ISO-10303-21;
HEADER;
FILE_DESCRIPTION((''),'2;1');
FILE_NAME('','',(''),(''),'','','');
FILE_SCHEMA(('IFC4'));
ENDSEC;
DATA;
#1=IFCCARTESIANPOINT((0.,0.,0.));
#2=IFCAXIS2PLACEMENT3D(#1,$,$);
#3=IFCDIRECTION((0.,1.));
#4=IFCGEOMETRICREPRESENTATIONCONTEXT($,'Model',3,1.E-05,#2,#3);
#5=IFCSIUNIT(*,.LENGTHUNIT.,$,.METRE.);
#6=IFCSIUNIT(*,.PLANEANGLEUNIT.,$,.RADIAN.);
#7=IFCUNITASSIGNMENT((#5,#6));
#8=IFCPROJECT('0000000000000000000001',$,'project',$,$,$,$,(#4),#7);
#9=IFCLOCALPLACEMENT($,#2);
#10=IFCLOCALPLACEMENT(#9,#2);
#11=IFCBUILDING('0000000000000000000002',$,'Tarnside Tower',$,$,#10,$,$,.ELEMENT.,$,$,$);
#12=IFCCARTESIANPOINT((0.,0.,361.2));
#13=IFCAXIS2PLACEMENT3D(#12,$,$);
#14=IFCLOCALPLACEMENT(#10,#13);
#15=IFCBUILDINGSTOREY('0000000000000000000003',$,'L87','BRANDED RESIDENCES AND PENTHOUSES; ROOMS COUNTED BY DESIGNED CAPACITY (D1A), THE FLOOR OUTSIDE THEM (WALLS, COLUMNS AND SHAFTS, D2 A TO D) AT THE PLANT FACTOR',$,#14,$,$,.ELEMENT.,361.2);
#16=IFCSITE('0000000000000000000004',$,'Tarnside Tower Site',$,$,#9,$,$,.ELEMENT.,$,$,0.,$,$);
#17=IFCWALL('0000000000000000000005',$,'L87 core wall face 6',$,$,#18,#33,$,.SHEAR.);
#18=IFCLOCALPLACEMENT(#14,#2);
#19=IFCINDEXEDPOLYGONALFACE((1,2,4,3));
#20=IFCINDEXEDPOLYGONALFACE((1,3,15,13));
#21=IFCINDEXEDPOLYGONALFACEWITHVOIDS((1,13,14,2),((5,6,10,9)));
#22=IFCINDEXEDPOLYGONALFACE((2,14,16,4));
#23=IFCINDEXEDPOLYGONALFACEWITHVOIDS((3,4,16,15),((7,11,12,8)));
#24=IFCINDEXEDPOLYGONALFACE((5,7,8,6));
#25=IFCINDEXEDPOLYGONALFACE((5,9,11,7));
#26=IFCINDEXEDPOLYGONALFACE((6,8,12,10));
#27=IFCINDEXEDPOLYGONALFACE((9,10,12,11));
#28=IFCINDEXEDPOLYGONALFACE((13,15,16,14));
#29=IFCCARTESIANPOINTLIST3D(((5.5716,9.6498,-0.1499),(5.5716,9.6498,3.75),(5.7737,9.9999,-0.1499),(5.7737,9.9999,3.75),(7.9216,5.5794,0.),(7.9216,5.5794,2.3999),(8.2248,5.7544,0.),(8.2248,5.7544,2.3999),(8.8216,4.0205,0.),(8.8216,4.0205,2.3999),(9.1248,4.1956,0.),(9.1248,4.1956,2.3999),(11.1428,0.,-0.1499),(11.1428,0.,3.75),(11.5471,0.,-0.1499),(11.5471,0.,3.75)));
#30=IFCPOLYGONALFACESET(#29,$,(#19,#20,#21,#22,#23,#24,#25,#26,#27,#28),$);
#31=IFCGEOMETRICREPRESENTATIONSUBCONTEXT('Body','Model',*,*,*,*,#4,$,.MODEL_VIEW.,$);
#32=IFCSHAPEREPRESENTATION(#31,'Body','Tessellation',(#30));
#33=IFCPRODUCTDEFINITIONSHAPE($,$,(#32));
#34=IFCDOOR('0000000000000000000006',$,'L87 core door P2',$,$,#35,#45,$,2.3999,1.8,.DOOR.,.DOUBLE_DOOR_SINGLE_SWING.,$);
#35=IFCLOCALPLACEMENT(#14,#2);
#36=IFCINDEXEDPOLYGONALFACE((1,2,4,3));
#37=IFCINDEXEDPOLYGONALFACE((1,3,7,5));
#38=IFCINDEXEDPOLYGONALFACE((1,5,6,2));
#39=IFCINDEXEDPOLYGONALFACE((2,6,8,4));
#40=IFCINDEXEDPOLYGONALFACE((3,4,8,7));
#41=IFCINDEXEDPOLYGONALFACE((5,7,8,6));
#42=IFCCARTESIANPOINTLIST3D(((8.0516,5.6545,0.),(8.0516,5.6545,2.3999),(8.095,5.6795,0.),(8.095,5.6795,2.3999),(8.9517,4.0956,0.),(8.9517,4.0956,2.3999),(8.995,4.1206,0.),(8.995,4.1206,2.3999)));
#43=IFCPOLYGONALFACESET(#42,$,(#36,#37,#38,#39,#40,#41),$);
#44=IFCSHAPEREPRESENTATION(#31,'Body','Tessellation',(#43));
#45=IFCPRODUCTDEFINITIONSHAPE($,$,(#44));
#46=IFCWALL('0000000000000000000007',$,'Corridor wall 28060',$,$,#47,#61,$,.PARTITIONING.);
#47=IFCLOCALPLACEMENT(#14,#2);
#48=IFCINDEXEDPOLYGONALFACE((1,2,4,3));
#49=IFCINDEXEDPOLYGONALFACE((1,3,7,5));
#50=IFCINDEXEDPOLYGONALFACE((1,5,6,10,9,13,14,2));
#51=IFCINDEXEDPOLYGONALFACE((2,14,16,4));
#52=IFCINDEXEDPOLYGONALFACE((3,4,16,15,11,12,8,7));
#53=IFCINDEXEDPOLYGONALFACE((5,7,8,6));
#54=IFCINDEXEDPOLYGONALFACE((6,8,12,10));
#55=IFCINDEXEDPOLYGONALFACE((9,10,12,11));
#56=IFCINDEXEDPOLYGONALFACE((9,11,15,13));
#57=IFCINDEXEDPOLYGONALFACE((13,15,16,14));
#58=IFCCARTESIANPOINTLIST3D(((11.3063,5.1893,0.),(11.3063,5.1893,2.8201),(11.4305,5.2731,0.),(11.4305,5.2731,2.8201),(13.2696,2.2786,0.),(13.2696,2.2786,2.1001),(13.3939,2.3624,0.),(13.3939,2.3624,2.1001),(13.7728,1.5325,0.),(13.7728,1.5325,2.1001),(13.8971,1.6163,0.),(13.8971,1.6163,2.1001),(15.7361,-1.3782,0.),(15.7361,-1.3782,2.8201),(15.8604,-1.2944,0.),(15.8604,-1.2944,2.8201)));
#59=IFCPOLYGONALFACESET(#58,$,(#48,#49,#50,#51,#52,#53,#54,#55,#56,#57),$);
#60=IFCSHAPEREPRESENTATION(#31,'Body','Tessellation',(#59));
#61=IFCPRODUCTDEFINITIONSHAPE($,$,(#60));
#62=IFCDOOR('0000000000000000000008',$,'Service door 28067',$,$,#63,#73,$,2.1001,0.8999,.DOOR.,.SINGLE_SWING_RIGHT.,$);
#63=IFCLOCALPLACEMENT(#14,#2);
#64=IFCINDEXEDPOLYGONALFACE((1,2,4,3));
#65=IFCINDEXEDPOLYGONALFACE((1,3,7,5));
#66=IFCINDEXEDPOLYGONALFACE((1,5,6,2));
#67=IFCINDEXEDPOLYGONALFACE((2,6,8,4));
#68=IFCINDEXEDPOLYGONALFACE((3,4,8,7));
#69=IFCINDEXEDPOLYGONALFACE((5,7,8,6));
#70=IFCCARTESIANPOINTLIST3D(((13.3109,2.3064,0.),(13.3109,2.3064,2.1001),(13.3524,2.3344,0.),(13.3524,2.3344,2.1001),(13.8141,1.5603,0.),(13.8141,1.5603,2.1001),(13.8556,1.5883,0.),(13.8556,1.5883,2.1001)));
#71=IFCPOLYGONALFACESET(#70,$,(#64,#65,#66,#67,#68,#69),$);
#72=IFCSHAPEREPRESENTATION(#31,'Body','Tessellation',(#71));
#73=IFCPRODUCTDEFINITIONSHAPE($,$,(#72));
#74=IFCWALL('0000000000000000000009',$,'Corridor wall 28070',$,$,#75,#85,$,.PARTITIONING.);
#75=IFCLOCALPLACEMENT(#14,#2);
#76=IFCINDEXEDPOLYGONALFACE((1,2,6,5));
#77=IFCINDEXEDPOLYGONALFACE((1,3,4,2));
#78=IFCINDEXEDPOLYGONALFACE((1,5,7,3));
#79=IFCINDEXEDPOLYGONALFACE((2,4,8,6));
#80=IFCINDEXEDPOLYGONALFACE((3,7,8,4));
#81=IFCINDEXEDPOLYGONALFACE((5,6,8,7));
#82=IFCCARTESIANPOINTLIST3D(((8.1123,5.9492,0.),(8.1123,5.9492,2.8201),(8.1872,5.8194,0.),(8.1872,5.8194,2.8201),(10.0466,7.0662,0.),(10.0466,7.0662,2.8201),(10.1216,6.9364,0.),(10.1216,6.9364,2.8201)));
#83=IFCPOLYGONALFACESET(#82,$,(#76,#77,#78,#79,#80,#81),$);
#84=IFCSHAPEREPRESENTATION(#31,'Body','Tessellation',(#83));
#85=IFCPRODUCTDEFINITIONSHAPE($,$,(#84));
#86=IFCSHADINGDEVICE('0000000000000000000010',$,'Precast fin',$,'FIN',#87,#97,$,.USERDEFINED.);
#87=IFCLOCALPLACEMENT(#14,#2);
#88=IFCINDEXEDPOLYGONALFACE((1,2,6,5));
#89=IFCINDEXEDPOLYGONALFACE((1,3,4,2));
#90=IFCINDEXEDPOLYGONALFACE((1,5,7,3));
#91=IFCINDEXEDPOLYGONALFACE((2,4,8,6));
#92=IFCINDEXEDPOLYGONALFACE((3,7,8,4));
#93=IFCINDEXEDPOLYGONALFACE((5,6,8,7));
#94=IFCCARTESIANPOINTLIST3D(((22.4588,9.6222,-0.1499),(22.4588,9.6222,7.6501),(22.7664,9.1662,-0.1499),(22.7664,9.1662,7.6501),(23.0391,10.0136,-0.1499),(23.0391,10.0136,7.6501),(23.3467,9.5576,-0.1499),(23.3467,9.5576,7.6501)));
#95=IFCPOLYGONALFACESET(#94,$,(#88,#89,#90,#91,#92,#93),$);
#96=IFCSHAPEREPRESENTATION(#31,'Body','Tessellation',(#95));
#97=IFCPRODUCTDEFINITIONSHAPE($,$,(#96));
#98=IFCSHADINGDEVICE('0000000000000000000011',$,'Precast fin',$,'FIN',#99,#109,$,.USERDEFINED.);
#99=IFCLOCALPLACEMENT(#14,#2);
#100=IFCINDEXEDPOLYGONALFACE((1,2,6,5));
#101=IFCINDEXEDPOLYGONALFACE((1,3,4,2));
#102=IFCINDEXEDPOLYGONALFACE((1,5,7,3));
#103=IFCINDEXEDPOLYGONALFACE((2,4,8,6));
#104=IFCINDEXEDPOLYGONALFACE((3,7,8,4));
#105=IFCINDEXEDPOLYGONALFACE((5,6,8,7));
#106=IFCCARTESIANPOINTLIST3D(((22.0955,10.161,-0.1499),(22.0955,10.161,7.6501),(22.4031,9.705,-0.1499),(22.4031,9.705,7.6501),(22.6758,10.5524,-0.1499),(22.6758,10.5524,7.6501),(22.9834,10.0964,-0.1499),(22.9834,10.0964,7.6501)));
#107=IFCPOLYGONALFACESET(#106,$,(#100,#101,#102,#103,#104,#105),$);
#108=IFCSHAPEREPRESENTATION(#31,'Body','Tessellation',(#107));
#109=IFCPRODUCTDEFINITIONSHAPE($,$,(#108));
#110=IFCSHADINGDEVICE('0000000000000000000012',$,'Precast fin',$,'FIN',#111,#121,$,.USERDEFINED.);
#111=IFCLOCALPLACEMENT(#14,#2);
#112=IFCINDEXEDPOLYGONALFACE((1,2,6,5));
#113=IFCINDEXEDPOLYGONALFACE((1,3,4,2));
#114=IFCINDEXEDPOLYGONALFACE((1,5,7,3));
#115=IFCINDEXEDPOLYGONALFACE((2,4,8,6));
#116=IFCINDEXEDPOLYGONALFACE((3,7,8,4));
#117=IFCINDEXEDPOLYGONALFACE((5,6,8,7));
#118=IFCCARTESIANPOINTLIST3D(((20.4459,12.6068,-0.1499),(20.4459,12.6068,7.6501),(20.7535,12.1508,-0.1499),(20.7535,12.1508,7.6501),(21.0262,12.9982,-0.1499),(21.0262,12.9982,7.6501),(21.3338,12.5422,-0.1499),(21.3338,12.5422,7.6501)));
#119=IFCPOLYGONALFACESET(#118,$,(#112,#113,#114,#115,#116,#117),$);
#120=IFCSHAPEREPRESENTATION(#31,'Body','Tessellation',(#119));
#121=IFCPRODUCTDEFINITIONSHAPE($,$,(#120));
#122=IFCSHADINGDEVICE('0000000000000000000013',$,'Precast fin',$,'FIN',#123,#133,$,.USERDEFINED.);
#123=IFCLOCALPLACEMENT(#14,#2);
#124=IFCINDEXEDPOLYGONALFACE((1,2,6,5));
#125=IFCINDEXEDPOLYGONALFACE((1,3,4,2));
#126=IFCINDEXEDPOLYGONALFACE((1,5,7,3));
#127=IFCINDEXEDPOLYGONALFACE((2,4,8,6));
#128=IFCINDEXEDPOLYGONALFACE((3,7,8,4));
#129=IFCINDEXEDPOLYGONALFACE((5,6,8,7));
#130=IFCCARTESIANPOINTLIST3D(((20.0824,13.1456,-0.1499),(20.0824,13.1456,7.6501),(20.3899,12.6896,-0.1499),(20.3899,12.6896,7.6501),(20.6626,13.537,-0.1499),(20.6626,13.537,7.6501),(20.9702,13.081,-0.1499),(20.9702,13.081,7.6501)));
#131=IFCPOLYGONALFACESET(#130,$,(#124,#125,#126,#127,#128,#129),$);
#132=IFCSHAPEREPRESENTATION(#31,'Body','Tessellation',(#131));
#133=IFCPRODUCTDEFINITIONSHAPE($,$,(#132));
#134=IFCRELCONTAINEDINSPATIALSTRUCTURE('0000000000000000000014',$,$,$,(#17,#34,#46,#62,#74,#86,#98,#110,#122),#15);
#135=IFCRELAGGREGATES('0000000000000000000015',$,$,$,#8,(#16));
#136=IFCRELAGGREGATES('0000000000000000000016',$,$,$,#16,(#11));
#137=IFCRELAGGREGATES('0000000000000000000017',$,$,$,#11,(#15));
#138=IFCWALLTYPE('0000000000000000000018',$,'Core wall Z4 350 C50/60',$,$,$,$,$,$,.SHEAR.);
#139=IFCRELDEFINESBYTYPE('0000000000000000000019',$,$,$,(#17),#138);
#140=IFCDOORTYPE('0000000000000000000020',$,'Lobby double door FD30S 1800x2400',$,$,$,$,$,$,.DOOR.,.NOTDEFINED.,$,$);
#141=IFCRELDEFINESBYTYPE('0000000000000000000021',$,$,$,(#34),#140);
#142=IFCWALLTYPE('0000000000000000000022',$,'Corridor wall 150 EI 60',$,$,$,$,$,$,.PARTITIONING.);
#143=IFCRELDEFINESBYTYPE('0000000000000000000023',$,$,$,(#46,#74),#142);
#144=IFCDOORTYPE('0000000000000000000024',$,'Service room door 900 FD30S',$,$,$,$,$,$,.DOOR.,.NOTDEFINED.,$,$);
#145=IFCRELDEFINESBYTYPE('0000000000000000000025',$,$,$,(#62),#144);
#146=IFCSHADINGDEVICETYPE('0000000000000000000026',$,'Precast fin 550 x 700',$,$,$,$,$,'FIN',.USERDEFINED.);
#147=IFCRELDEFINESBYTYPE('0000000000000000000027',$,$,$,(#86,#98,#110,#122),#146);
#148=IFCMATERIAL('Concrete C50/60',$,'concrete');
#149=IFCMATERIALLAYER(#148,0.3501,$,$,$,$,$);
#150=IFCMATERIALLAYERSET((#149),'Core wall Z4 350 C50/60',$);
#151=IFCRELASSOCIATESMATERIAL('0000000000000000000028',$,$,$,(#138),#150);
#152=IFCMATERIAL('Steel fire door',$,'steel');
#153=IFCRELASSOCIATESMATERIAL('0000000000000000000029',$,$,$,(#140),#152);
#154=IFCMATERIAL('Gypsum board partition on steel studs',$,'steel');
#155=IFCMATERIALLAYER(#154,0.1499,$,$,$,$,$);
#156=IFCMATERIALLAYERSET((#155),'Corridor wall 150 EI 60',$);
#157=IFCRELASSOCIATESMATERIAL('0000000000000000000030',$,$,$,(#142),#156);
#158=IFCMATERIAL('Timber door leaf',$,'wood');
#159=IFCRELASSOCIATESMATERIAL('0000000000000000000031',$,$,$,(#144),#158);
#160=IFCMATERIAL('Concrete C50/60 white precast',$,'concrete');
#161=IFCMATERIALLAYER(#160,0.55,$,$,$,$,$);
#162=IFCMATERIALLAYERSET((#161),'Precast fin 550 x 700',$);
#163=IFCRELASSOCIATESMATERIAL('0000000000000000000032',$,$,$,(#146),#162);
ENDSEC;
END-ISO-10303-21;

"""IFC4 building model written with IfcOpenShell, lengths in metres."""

from ifc_helpers import new_model, si_unit, direction, frame, frame_2d, origin, place, context, subcontext, project, spatial, polyline, rectangle, outline, extrude, material, layer, layer_set, type_object, element, fill, save


model = new_model("IFC4")

# Units and contexts
model_context = context("Model", 3, precision=1e-05, world=origin(), true_north=direction((0.0, 1.0)))
body_context = subcontext(model_context, "Body", "Model", "MODEL_VIEW")
ifc_project = project(units=[si_unit("LENGTHUNIT", "METRE"), si_unit("PLANEANGLEUNIT", "RADIAN")], contexts=[model_context])

# Site, building, storey
site_placement = place(None, origin())
site = spatial("IfcSite", under=ifc_project, at=site_placement, Name="Tarnside Tower Site", CompositionType="ELEMENT", RefElevation=0.0)
building_placement = place(site_placement, origin())
building = spatial("IfcBuilding", under=site, at=building_placement, Name="Tarnside Tower", CompositionType="ELEMENT")
storey_placement = place(building_placement, frame((0.0, 0.0, 361.2)))
storey = spatial("IfcBuildingStorey", under=building, at=storey_placement, Name="L87", Description="BRANDED RESIDENCES AND PENTHOUSES; ROOMS COUNTED BY DESIGNED CAPACITY (D1A), THE FLOOR OUTSIDE THEM (WALLS, COLUMNS AND SHAFTS, D2 A TO D) AT THE PLANT FACTOR", CompositionType="ELEMENT", Elevation=361.2)

# Walls, openings, doors
ifc_material_1 = material(Name="Concrete C50/60", Category="concrete")
ifc_layer_1 = layer(ifc_material_1, 0.3501)
ifc_layer_set_1 = layer_set([ifc_layer_1], Name="Core wall Z4 350 C50/60")
wall_type_1 = type_object("IfcWallType", Name="Core wall Z4 350 C50/60", PredefinedType="SHEAR", material=ifc_layer_set_1)
wall_1_placement = place(storey_placement, frame((11.345, 0.0, -0.1499), z_axis=(0.0, 0.0, 1.0), x_axis=(-0.499995, 0.866028, 0.0)))
wall_1 = element("IfcWall", 1, at=wall_1_placement, inside=storey, type_object=wall_type_1, Name="L87 core wall face 6", PredefinedType="SHEAR", context=body_context, shape_type="SweptSolid", body=[
    extrude(outline(polyline([(-0.1011, -0.175), (11.4458, -0.175), (11.2437, 0.175), (0.1011, 0.175), (-0.1011, -0.175)])), origin(), (0.0, 0.0, 1.0), 3.8999),
])
opening_1_placement = place(wall_1_placement, frame((4.7437, 0.0, 0.1499)))
opening_1 = element("IfcOpeningElement", 2, at=opening_1_placement, cuts=wall_1, PredefinedType="OPENING", context=body_context, shape_type="SweptSolid", body=[
    extrude(rectangle(XDim=1.8, YDim=2.3999, at=frame_2d((0.8999, 1.2))), frame((0.0, 0.1851, 0.0), z_axis=(0.0, -1.0, 0.0), x_axis=(1.0, 0.0, 0.0)), (0.0, 0.0, 1.0), 0.3701),
])
ifc_material_2 = material(Name="Steel fire door", Category="steel")
door_type_1 = type_object("IfcDoorType", Name="Lobby double door FD30S 1800x2400", OperationType="NOTDEFINED", PredefinedType="DOOR", material=ifc_material_2)
door_1_placement = place(opening_1_placement, origin())
door_1 = element("IfcDoor", 3, at=door_1_placement, inside=storey, type_object=door_type_1, Name="L87 core door P2", OperationType="DOUBLE_DOOR_SINGLE_SWING", OverallHeight=2.3999, OverallWidth=1.8, PredefinedType="DOOR", context=body_context, shape_type="SweptSolid", body=[
    extrude(rectangle(XDim=1.8, YDim=2.3999, at=frame_2d((0.8999, 1.2))), frame((0.0, 0.0249, 0.0), z_axis=(0.0, -1.0, 0.0), x_axis=(1.0, 0.0, 0.0)), (0.0, 0.0, 1.0), 0.05),
])
fill(opening_1, door_1)
ifc_material_3 = material(Name="Gypsum board partition on steel studs", Category="steel")
ifc_layer_2 = layer(ifc_material_3, 0.1499)
ifc_layer_set_2 = layer_set([ifc_layer_2], Name="Corridor wall 150 EI 60")
wall_type_2 = type_object("IfcWallType", Name="Corridor wall 150 EI 60", PredefinedType="PARTITIONING", material=ifc_layer_set_2)
wall_2_placement = place(storey_placement, frame((11.3684, 5.2312, 0.0), z_axis=(0.0, 0.0, 1.0), x_axis=(0.559194, -0.829037, 0.0)))
wall_2 = element("IfcWall", 4, at=wall_2_placement, inside=storey, type_object=wall_type_2, Name="Corridor wall 28060", PredefinedType="PARTITIONING", context=body_context, shape_type="SweptSolid", body=[
    extrude(rectangle(XDim=7.9219, YDim=0.1499, at=frame_2d((3.9609, 0.0))), origin(), (0.0, 0.0, 1.0), 2.8201),
])
opening_2_placement = place(wall_2_placement, frame((3.511, 0.0, 0.0)))
opening_2 = element("IfcOpeningElement", 5, at=opening_2_placement, cuts=wall_2, PredefinedType="OPENING", context=body_context, shape_type="SweptSolid", body=[
    extrude(rectangle(XDim=0.8999, YDim=2.1001, at=frame_2d((0.45, 1.05))), frame((0.0, 0.085, 0.0), z_axis=(0.0, -1.0, 0.0), x_axis=(1.0, 0.0, 0.0)), (0.0, 0.0, 1.0), 0.1699),
])
ifc_material_4 = material(Name="Timber door leaf", Category="wood")
door_type_2 = type_object("IfcDoorType", Name="Service room door 900 FD30S", OperationType="NOTDEFINED", PredefinedType="DOOR", material=ifc_material_4)
door_2_placement = place(opening_2_placement, origin())
door_2 = element("IfcDoor", 6, at=door_2_placement, inside=storey, type_object=door_type_2, Name="Service door 28067", OperationType="SINGLE_SWING_RIGHT", OverallHeight=2.1001, OverallWidth=0.8999, PredefinedType="DOOR", context=body_context, shape_type="SweptSolid", body=[
    extrude(rectangle(XDim=0.8999, YDim=2.1001, at=frame_2d((0.45, 1.05))), frame((0.0, 0.0249, 0.0), z_axis=(0.0, -1.0, 0.0), x_axis=(1.0, 0.0, 0.0)), (0.0, 0.0, 1.0), 0.05),
])
fill(opening_2, door_2)

# Wall
wall_3_placement = place(storey_placement, frame((10.084, 7.0012, 0.0), z_axis=(0.0, 0.0, 1.0), x_axis=(-0.865994, -0.500054, 0.0)))
element("IfcWall", 7, at=wall_3_placement, inside=storey, type_object=wall_type_2, Name="Corridor wall 28070", PredefinedType="PARTITIONING", context=body_context, shape_type="SweptSolid", body=[
    extrude(rectangle(XDim=2.2336, YDim=0.1499, at=frame_2d((1.1167, 0.0))), origin(), (0.0, 0.0, 1.0), 2.8201),
])

# Shading devices
ifc_material_5 = material(Name="Concrete C50/60 white precast", Category="concrete")
ifc_layer_3 = layer(ifc_material_5, 0.55)
ifc_layer_set_3 = layer_set([ifc_layer_3], Name="Precast fin 550 x 700")
shading_device_type = type_object("IfcShadingDeviceType", Name="Precast fin 550 x 700", ElementType="FIN", PredefinedType="USERDEFINED", material=ifc_layer_set_3)
for number, where, z_axis, x_axis, name in (
    (8, (22.6125, 9.3943, -0.1499), (0.559193, -0.829038, 0.0), (0.829038, 0.559193, 0.0), "Precast fin"),
    (9, (22.2493, 9.9331, -0.1499), (0.559193, -0.829038, 0.0), (0.829038, 0.559193, 0.0), "Precast fin"),
    (10, (20.5996, 12.3789, -0.1499), (0.559193, -0.829038, 0.0), (0.829038, 0.559193, 0.0), "Precast fin"),
    (11, (20.2361, 12.9177, -0.1499), (0.559193, -0.829038, 0.0), (0.829038, 0.559193, 0.0), "Precast fin"),
):
    element("IfcShadingDevice", number, at=place(storey_placement, frame(where, z_axis=z_axis, x_axis=x_axis)), inside=storey, type_object=shading_device_type, Name=name, ObjectType="FIN", PredefinedType="USERDEFINED", context=body_context, shape_type="SweptSolid", body=[
        extrude(outline(polyline([(0.0, 0.0), (0.7, 0.0), (0.7, 7.8), (0.0, 7.8), (0.0, 0.0)])), frame((0.0, 0.0, -0.2749)), (0.0, 0.0, 1.0), 0.55),
    ])

save(model, "model.ifc")
